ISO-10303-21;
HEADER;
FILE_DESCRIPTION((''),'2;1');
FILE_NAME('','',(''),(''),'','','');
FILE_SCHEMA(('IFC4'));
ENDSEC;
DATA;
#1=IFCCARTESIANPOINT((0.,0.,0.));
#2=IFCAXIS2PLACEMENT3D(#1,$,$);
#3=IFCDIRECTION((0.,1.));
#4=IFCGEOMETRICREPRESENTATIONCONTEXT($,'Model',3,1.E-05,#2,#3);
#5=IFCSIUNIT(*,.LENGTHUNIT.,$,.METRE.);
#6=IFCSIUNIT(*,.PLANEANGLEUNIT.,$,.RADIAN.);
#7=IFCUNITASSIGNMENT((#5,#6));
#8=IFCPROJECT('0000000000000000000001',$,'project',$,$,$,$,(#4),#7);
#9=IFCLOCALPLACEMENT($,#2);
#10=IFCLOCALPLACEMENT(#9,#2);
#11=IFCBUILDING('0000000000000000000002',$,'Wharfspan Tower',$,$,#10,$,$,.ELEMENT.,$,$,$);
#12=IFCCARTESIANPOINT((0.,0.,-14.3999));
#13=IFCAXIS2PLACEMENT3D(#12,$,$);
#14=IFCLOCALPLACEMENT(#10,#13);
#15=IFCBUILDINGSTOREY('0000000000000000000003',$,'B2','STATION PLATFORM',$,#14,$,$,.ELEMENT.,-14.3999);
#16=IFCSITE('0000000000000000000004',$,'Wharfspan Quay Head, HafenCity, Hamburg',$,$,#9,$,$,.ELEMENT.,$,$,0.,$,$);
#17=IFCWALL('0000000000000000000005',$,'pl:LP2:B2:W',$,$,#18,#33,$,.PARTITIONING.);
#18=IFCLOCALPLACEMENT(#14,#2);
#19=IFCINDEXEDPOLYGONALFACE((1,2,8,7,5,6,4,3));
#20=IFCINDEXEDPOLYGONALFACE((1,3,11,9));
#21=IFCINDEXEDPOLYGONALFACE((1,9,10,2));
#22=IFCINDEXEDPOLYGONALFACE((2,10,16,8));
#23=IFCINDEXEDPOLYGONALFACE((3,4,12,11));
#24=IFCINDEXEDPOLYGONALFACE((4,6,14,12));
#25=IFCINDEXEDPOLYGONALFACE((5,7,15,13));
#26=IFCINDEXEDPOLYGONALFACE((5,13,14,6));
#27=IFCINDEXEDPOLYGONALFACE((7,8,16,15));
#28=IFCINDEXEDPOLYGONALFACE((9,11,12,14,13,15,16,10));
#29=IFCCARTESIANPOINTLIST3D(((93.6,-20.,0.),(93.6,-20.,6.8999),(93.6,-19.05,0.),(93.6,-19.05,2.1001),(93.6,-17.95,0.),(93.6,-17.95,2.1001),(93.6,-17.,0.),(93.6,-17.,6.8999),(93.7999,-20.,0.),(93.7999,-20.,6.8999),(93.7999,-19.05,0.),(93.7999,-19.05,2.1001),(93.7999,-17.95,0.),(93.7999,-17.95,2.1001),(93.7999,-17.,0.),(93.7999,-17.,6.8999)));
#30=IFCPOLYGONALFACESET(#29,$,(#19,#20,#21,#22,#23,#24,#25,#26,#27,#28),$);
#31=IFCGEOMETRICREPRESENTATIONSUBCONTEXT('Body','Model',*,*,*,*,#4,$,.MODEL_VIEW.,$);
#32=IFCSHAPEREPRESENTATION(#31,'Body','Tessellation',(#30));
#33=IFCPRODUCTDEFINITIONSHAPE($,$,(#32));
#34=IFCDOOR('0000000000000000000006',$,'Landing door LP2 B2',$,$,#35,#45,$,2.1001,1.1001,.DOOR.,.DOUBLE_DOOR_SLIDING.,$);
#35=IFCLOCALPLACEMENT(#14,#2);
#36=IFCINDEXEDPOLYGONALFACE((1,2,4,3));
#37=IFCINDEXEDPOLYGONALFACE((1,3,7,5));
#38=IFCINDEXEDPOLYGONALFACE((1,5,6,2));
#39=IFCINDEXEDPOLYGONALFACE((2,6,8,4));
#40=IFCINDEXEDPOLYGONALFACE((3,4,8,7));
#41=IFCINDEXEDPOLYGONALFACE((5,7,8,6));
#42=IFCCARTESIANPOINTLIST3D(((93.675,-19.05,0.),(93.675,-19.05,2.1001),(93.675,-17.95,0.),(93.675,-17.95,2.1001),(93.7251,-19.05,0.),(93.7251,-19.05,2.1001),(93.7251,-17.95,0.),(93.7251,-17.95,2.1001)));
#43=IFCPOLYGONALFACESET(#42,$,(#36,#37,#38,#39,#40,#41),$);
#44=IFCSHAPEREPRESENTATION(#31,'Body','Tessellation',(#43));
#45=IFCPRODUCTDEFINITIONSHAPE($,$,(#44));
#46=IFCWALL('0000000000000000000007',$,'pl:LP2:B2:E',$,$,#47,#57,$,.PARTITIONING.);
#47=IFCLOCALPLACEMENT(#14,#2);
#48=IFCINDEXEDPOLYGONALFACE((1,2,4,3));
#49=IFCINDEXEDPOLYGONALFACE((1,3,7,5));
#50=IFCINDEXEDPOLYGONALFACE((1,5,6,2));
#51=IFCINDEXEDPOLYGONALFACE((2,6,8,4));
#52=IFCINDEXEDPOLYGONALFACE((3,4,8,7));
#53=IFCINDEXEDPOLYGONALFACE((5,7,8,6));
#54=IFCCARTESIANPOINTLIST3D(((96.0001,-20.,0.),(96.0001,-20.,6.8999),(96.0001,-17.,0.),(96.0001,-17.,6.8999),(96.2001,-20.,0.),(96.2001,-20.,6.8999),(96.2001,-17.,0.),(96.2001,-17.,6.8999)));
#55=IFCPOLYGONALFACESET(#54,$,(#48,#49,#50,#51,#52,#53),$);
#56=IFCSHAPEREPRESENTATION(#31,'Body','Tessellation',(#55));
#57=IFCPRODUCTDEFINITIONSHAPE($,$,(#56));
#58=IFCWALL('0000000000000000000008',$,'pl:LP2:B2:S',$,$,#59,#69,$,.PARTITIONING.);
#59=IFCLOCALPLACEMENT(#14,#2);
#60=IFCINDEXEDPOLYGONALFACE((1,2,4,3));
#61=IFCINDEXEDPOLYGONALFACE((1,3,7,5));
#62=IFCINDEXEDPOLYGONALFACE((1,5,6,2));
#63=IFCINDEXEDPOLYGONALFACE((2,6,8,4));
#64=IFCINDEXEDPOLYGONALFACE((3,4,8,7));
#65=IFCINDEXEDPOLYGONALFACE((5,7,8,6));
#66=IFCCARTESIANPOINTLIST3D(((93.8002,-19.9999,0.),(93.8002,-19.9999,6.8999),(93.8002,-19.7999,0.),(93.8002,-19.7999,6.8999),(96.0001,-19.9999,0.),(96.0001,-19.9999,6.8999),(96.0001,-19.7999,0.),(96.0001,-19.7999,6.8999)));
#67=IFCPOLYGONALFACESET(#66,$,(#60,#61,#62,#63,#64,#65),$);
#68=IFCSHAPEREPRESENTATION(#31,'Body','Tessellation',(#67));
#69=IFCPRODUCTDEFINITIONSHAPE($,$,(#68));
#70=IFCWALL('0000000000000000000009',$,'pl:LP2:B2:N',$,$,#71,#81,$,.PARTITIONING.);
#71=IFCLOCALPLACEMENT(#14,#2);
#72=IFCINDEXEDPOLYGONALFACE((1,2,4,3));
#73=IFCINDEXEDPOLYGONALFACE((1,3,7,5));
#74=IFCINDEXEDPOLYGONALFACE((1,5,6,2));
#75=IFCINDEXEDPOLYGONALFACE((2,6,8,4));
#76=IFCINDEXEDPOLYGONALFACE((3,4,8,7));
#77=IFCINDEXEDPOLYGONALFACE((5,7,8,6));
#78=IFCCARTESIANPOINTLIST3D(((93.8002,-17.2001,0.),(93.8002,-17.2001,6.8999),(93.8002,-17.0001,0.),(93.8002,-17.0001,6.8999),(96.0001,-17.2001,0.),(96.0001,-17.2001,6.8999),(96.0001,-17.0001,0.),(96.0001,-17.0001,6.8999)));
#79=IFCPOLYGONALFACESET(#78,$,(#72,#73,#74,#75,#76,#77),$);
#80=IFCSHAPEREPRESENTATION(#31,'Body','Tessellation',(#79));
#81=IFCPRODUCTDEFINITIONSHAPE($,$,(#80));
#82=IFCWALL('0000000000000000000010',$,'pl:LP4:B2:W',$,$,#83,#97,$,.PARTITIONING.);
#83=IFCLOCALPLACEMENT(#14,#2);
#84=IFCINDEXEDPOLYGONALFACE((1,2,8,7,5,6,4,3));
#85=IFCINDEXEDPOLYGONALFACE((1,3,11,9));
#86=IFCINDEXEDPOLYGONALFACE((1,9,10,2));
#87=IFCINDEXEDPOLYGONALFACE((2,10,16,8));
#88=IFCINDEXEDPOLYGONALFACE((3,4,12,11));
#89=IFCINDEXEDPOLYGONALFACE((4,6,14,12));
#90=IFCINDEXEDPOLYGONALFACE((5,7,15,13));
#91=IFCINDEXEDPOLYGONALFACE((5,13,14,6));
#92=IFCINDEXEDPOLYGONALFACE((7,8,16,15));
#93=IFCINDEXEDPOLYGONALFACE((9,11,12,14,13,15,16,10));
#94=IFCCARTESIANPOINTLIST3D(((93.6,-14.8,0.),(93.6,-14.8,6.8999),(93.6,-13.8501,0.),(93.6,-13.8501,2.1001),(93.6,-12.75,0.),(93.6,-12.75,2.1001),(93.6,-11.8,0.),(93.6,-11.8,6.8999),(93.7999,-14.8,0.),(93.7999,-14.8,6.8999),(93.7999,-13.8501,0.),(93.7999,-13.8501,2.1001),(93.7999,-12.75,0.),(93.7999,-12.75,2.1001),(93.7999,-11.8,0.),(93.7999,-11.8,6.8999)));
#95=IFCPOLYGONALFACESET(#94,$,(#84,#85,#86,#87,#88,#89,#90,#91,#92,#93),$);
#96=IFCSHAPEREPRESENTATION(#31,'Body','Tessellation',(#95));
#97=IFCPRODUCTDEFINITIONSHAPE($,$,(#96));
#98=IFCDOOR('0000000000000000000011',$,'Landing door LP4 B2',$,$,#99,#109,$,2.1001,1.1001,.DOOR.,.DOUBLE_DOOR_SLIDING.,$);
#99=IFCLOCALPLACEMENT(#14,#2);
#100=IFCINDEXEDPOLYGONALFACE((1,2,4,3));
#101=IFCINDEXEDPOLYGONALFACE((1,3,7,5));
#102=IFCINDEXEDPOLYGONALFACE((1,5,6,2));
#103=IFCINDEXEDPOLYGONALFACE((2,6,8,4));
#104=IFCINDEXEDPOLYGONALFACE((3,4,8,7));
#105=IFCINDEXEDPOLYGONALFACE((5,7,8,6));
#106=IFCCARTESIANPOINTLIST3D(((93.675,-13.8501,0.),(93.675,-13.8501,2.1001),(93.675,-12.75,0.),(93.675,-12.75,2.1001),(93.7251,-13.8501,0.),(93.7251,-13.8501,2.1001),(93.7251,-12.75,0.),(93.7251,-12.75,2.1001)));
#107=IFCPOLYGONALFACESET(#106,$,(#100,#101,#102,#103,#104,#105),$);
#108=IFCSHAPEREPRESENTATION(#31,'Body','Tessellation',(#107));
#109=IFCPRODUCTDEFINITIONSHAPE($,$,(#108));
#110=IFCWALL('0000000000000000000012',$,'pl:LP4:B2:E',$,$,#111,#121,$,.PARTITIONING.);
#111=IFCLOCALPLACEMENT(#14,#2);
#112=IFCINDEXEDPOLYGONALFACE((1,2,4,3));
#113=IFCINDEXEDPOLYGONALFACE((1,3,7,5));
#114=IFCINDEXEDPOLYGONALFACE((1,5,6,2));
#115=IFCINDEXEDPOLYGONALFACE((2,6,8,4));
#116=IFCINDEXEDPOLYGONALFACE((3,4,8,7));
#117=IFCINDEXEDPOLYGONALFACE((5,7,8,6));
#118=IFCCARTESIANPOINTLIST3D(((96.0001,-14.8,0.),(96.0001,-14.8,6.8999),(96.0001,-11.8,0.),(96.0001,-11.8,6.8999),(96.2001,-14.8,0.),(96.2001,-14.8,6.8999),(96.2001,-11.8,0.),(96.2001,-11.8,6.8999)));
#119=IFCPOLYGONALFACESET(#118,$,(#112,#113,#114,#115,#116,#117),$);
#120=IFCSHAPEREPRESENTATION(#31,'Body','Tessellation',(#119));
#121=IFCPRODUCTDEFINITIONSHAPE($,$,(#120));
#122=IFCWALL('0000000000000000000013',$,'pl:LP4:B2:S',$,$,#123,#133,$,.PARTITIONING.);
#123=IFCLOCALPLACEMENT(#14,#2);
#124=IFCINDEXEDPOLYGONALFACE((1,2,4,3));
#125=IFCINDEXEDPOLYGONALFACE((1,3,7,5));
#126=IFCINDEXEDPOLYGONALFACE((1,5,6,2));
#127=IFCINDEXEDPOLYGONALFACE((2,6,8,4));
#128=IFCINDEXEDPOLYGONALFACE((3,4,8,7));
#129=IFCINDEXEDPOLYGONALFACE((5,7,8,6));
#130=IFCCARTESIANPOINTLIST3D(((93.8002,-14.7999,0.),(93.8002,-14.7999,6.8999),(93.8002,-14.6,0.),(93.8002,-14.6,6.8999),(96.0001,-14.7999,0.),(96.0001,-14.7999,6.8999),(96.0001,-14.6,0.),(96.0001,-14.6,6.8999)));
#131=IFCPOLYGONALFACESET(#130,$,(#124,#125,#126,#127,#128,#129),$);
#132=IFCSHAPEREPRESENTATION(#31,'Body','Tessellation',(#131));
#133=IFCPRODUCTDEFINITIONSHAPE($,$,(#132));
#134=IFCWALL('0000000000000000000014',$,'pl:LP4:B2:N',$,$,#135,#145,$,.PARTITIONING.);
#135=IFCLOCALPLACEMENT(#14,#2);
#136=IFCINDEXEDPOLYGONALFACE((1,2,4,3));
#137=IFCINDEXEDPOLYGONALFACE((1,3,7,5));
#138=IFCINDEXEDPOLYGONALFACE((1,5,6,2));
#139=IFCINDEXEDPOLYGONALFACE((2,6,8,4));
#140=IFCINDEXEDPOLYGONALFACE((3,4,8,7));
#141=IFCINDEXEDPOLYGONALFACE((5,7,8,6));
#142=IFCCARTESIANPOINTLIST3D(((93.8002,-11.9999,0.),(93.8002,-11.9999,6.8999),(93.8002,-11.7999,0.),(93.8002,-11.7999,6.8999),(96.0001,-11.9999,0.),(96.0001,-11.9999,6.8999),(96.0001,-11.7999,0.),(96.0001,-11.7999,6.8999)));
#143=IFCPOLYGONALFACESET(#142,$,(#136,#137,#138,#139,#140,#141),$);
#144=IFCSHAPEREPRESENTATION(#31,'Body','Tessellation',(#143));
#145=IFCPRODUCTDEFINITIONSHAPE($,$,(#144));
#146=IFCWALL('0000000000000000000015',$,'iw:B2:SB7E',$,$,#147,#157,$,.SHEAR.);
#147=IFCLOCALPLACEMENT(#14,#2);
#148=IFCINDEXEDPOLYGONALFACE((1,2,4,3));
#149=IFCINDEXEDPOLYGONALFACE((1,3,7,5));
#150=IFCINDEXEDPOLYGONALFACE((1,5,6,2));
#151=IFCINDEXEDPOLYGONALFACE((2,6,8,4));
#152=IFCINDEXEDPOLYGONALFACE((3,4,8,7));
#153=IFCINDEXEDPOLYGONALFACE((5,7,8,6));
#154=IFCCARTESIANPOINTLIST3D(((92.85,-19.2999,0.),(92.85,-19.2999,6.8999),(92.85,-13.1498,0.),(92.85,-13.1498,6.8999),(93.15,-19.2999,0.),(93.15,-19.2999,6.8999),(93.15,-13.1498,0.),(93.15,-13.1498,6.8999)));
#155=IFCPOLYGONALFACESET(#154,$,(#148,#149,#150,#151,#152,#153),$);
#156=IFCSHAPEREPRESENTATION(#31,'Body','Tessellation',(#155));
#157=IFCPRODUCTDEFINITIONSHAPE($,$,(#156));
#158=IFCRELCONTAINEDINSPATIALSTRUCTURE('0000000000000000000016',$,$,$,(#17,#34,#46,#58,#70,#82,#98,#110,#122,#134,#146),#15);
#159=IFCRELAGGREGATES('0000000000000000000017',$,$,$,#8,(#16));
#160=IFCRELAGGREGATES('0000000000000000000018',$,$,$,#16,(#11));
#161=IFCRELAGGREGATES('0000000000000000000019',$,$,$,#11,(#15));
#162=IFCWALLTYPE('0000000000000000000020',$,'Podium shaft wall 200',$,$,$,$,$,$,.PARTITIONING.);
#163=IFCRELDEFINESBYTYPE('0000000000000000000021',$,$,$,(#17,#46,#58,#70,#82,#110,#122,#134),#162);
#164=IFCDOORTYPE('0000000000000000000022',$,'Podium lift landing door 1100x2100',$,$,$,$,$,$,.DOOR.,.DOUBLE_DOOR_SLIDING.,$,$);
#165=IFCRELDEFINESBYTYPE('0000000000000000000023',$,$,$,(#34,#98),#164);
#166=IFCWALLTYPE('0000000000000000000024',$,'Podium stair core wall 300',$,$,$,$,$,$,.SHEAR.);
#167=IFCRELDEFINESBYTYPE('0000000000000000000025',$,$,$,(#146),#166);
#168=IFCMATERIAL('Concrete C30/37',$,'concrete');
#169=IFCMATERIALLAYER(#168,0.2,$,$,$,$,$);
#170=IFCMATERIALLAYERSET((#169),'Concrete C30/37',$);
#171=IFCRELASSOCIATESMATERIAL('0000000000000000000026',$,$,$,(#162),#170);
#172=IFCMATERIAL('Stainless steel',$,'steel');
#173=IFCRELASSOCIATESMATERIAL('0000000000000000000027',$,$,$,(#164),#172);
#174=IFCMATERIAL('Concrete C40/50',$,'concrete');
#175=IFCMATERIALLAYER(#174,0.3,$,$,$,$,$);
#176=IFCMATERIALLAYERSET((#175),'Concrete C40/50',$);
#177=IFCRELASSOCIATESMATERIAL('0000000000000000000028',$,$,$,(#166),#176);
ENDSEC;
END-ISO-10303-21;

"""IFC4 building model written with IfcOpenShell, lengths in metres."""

from ifc_helpers import new_model, si_unit, direction, frame, frame_2d, origin, place, context, subcontext, project, spatial, rectangle, extrude, material, layer, layer_set, type_object, element, fill, save


model = new_model("IFC4")

# Units and contexts
model_context = context("Model", 3, precision=1e-05, world=origin(), true_north=direction((0.0, 1.0)))
body_context = subcontext(model_context, "Body", "Model", "MODEL_VIEW")
ifc_project = project(units=[si_unit("LENGTHUNIT", "METRE"), si_unit("PLANEANGLEUNIT", "RADIAN")], contexts=[model_context])

# Site, building, storey
site_placement = place(None, origin())
site = spatial("IfcSite", under=ifc_project, at=site_placement, Name="Wharfspan Quay Head, HafenCity, Hamburg", CompositionType="ELEMENT", RefElevation=0.0)
building_placement = place(site_placement, origin())
building = spatial("IfcBuilding", under=site, at=building_placement, Name="Wharfspan Tower", CompositionType="ELEMENT")
storey_placement = place(building_placement, frame((0.0, 0.0, -14.3999)))
storey = spatial("IfcBuildingStorey", under=building, at=storey_placement, Name="B2", Description="STATION PLATFORM", CompositionType="ELEMENT", Elevation=-14.3999)

# Wall, opening, door
ifc_material_1 = material(Name="Concrete C30/37", Category="concrete")
ifc_layer_1 = layer(ifc_material_1, 0.2)
ifc_layer_set_1 = layer_set([ifc_layer_1], Name="Concrete C30/37")
wall_type_1 = type_object("IfcWallType", Name="Podium shaft wall 200", PredefinedType="PARTITIONING", material=ifc_layer_set_1)
wall_1_placement = place(storey_placement, frame((93.7, -20.0, 0.0), z_axis=(0.0, 0.0, 1.0), x_axis=(0.0, 1.0, 0.0)))
wall_1 = element("IfcWall", 1, at=wall_1_placement, inside=storey, type_object=wall_type_1, Name="pl:LP2:B2:W", PredefinedType="PARTITIONING", context=body_context, shape_type="SweptSolid", body=[
    extrude(rectangle(XDim=3.0, YDim=0.2, at=frame_2d((1.5, 0.0))), origin(), (0.0, 0.0, 1.0), 6.8999),
])
opening_1_placement = place(wall_1_placement, frame((0.95, 0.0, 0.0)))
opening_1 = element("IfcOpeningElement", 2, at=opening_1_placement, cuts=wall_1, PredefinedType="OPENING", context=body_context, shape_type="SweptSolid", body=[
    extrude(rectangle(XDim=1.1001, YDim=2.1001, at=frame_2d((0.55, 1.05))), frame((0.0, 0.1099, 0.0), z_axis=(0.0, -1.0, 0.0), x_axis=(1.0, 0.0, 0.0)), (0.0, 0.0, 1.0), 0.22),
])
ifc_material_2 = material(Name="Stainless steel", Category="steel")
door_type_1 = type_object("IfcDoorType", Name="Podium lift landing door 1100x2100", OperationType="DOUBLE_DOOR_SLIDING", PredefinedType="DOOR", material=ifc_material_2)
door_1_placement = place(opening_1_placement, origin())
door_1 = element("IfcDoor", 3, at=door_1_placement, inside=storey, type_object=door_type_1, Name="Landing door LP2 B2", OperationType="DOUBLE_DOOR_SLIDING", OverallHeight=2.1001, OverallWidth=1.1001, PredefinedType="DOOR", context=body_context, shape_type="SweptSolid", body=[
    extrude(rectangle(XDim=1.1001, YDim=2.1001, at=frame_2d((0.55, 1.05))), frame((0.0, 0.0249, 0.0), z_axis=(0.0, -1.0, 0.0), x_axis=(1.0, 0.0, 0.0)), (0.0, 0.0, 1.0), 0.05),
])
fill(opening_1, door_1)

# Walls
wall_2_placement = place(storey_placement, frame((96.1001, -20.0, 0.0), z_axis=(0.0, 0.0, 1.0), x_axis=(0.0, 1.0, 0.0)))
element("IfcWall", 4, at=wall_2_placement, inside=storey, type_object=wall_type_1, Name="pl:LP2:B2:E", PredefinedType="PARTITIONING", context=body_context, shape_type="SweptSolid", body=[
    extrude(rectangle(XDim=3.0, YDim=0.2, at=frame_2d((1.5, 0.0))), origin(), (0.0, 0.0, 1.0), 6.8999),
])
for number, where, z_axis, x_axis, name in (
    (5, (93.8, -19.8999, 0.0), (0.0, 0.0, 1.0), (1.0, 0.0, 0.0), "pl:LP2:B2:S"),
    (6, (93.8, -17.1001, 0.0), (0.0, 0.0, 1.0), (1.0, 0.0, 0.0), "pl:LP2:B2:N"),
):
    element("IfcWall", number, at=place(storey_placement, frame(where, z_axis=z_axis, x_axis=x_axis)), inside=storey, type_object=wall_type_1, Name=name, PredefinedType="PARTITIONING", context=body_context, shape_type="SweptSolid", body=[
        extrude(rectangle(XDim=2.2, YDim=0.2, at=frame_2d((1.1001, 0.0))), origin(), (0.0, 0.0, 1.0), 6.8999),
    ])

# Wall, opening, door
wall_3_placement = place(storey_placement, frame((93.7, -14.8, 0.0), z_axis=(0.0, 0.0, 1.0), x_axis=(0.0, 1.0, 0.0)))
wall_3 = element("IfcWall", 7, at=wall_3_placement, inside=storey, type_object=wall_type_1, Name="pl:LP4:B2:W", PredefinedType="PARTITIONING", context=body_context, shape_type="SweptSolid", body=[
    extrude(rectangle(XDim=3.0, YDim=0.2, at=frame_2d((1.5, 0.0))), origin(), (0.0, 0.0, 1.0), 6.8999),
])
opening_2_placement = place(wall_3_placement, frame((0.95, 0.0, 0.0)))
opening_2 = element("IfcOpeningElement", 8, at=opening_2_placement, cuts=wall_3, PredefinedType="OPENING", context=body_context, shape_type="SweptSolid", body=[
    extrude(rectangle(XDim=1.1001, YDim=2.1001, at=frame_2d((0.55, 1.05))), frame((0.0, 0.1099, 0.0), z_axis=(0.0, -1.0, 0.0), x_axis=(1.0, 0.0, 0.0)), (0.0, 0.0, 1.0), 0.22),
])
door_2_placement = place(opening_2_placement, origin())
door_2 = element("IfcDoor", 9, at=door_2_placement, inside=storey, type_object=door_type_1, Name="Landing door LP4 B2", OperationType="DOUBLE_DOOR_SLIDING", OverallHeight=2.1001, OverallWidth=1.1001, PredefinedType="DOOR", context=body_context, shape_type="SweptSolid", body=[
    extrude(rectangle(XDim=1.1001, YDim=2.1001, at=frame_2d((0.55, 1.05))), frame((0.0, 0.0249, 0.0), z_axis=(0.0, -1.0, 0.0), x_axis=(1.0, 0.0, 0.0)), (0.0, 0.0, 1.0), 0.05),
])
fill(opening_2, door_2)

# Walls
wall_4_placement = place(storey_placement, frame((96.1001, -14.8, 0.0), z_axis=(0.0, 0.0, 1.0), x_axis=(0.0, 1.0, 0.0)))
element("IfcWall", 10, at=wall_4_placement, inside=storey, type_object=wall_type_1, Name="pl:LP4:B2:E", PredefinedType="PARTITIONING", context=body_context, shape_type="SweptSolid", body=[
    extrude(rectangle(XDim=3.0, YDim=0.2, at=frame_2d((1.5, 0.0))), origin(), (0.0, 0.0, 1.0), 6.8999),
])
for number, where, z_axis, x_axis, name in (
    (11, (93.8, -14.7, 0.0), (0.0, 0.0, 1.0), (1.0, 0.0, 0.0), "pl:LP4:B2:S"),
    (12, (93.8, -11.8999, 0.0), (0.0, 0.0, 1.0), (1.0, 0.0, 0.0), "pl:LP4:B2:N"),
):
    element("IfcWall", number, at=place(storey_placement, frame(where, z_axis=z_axis, x_axis=x_axis)), inside=storey, type_object=wall_type_1, Name=name, PredefinedType="PARTITIONING", context=body_context, shape_type="SweptSolid", body=[
        extrude(rectangle(XDim=2.2, YDim=0.2, at=frame_2d((1.1001, 0.0))), origin(), (0.0, 0.0, 1.0), 6.8999),
    ])
ifc_material_3 = material(Name="Concrete C40/50", Category="concrete")
ifc_layer_2 = layer(ifc_material_3, 0.3)
ifc_layer_set_2 = layer_set([ifc_layer_2], Name="Concrete C40/50")
wall_type_2 = type_object("IfcWallType", Name="Podium stair core wall 300", PredefinedType="SHEAR", material=ifc_layer_set_2)
wall_5_placement = place(storey_placement, frame((93.0, -19.3, 0.0), z_axis=(0.0, 0.0, 1.0), x_axis=(0.0, 1.0, 0.0)))
element("IfcWall", 13, at=wall_5_placement, inside=storey, type_object=wall_type_2, Name="iw:B2:SB7E", PredefinedType="SHEAR", context=body_context, shape_type="SweptSolid", body=[
    extrude(rectangle(XDim=6.1501, YDim=0.3, at=frame_2d((3.0752, 0.0))), origin(), (0.0, 0.0, 1.0), 6.8999),
])

save(model, "model.ifc")
